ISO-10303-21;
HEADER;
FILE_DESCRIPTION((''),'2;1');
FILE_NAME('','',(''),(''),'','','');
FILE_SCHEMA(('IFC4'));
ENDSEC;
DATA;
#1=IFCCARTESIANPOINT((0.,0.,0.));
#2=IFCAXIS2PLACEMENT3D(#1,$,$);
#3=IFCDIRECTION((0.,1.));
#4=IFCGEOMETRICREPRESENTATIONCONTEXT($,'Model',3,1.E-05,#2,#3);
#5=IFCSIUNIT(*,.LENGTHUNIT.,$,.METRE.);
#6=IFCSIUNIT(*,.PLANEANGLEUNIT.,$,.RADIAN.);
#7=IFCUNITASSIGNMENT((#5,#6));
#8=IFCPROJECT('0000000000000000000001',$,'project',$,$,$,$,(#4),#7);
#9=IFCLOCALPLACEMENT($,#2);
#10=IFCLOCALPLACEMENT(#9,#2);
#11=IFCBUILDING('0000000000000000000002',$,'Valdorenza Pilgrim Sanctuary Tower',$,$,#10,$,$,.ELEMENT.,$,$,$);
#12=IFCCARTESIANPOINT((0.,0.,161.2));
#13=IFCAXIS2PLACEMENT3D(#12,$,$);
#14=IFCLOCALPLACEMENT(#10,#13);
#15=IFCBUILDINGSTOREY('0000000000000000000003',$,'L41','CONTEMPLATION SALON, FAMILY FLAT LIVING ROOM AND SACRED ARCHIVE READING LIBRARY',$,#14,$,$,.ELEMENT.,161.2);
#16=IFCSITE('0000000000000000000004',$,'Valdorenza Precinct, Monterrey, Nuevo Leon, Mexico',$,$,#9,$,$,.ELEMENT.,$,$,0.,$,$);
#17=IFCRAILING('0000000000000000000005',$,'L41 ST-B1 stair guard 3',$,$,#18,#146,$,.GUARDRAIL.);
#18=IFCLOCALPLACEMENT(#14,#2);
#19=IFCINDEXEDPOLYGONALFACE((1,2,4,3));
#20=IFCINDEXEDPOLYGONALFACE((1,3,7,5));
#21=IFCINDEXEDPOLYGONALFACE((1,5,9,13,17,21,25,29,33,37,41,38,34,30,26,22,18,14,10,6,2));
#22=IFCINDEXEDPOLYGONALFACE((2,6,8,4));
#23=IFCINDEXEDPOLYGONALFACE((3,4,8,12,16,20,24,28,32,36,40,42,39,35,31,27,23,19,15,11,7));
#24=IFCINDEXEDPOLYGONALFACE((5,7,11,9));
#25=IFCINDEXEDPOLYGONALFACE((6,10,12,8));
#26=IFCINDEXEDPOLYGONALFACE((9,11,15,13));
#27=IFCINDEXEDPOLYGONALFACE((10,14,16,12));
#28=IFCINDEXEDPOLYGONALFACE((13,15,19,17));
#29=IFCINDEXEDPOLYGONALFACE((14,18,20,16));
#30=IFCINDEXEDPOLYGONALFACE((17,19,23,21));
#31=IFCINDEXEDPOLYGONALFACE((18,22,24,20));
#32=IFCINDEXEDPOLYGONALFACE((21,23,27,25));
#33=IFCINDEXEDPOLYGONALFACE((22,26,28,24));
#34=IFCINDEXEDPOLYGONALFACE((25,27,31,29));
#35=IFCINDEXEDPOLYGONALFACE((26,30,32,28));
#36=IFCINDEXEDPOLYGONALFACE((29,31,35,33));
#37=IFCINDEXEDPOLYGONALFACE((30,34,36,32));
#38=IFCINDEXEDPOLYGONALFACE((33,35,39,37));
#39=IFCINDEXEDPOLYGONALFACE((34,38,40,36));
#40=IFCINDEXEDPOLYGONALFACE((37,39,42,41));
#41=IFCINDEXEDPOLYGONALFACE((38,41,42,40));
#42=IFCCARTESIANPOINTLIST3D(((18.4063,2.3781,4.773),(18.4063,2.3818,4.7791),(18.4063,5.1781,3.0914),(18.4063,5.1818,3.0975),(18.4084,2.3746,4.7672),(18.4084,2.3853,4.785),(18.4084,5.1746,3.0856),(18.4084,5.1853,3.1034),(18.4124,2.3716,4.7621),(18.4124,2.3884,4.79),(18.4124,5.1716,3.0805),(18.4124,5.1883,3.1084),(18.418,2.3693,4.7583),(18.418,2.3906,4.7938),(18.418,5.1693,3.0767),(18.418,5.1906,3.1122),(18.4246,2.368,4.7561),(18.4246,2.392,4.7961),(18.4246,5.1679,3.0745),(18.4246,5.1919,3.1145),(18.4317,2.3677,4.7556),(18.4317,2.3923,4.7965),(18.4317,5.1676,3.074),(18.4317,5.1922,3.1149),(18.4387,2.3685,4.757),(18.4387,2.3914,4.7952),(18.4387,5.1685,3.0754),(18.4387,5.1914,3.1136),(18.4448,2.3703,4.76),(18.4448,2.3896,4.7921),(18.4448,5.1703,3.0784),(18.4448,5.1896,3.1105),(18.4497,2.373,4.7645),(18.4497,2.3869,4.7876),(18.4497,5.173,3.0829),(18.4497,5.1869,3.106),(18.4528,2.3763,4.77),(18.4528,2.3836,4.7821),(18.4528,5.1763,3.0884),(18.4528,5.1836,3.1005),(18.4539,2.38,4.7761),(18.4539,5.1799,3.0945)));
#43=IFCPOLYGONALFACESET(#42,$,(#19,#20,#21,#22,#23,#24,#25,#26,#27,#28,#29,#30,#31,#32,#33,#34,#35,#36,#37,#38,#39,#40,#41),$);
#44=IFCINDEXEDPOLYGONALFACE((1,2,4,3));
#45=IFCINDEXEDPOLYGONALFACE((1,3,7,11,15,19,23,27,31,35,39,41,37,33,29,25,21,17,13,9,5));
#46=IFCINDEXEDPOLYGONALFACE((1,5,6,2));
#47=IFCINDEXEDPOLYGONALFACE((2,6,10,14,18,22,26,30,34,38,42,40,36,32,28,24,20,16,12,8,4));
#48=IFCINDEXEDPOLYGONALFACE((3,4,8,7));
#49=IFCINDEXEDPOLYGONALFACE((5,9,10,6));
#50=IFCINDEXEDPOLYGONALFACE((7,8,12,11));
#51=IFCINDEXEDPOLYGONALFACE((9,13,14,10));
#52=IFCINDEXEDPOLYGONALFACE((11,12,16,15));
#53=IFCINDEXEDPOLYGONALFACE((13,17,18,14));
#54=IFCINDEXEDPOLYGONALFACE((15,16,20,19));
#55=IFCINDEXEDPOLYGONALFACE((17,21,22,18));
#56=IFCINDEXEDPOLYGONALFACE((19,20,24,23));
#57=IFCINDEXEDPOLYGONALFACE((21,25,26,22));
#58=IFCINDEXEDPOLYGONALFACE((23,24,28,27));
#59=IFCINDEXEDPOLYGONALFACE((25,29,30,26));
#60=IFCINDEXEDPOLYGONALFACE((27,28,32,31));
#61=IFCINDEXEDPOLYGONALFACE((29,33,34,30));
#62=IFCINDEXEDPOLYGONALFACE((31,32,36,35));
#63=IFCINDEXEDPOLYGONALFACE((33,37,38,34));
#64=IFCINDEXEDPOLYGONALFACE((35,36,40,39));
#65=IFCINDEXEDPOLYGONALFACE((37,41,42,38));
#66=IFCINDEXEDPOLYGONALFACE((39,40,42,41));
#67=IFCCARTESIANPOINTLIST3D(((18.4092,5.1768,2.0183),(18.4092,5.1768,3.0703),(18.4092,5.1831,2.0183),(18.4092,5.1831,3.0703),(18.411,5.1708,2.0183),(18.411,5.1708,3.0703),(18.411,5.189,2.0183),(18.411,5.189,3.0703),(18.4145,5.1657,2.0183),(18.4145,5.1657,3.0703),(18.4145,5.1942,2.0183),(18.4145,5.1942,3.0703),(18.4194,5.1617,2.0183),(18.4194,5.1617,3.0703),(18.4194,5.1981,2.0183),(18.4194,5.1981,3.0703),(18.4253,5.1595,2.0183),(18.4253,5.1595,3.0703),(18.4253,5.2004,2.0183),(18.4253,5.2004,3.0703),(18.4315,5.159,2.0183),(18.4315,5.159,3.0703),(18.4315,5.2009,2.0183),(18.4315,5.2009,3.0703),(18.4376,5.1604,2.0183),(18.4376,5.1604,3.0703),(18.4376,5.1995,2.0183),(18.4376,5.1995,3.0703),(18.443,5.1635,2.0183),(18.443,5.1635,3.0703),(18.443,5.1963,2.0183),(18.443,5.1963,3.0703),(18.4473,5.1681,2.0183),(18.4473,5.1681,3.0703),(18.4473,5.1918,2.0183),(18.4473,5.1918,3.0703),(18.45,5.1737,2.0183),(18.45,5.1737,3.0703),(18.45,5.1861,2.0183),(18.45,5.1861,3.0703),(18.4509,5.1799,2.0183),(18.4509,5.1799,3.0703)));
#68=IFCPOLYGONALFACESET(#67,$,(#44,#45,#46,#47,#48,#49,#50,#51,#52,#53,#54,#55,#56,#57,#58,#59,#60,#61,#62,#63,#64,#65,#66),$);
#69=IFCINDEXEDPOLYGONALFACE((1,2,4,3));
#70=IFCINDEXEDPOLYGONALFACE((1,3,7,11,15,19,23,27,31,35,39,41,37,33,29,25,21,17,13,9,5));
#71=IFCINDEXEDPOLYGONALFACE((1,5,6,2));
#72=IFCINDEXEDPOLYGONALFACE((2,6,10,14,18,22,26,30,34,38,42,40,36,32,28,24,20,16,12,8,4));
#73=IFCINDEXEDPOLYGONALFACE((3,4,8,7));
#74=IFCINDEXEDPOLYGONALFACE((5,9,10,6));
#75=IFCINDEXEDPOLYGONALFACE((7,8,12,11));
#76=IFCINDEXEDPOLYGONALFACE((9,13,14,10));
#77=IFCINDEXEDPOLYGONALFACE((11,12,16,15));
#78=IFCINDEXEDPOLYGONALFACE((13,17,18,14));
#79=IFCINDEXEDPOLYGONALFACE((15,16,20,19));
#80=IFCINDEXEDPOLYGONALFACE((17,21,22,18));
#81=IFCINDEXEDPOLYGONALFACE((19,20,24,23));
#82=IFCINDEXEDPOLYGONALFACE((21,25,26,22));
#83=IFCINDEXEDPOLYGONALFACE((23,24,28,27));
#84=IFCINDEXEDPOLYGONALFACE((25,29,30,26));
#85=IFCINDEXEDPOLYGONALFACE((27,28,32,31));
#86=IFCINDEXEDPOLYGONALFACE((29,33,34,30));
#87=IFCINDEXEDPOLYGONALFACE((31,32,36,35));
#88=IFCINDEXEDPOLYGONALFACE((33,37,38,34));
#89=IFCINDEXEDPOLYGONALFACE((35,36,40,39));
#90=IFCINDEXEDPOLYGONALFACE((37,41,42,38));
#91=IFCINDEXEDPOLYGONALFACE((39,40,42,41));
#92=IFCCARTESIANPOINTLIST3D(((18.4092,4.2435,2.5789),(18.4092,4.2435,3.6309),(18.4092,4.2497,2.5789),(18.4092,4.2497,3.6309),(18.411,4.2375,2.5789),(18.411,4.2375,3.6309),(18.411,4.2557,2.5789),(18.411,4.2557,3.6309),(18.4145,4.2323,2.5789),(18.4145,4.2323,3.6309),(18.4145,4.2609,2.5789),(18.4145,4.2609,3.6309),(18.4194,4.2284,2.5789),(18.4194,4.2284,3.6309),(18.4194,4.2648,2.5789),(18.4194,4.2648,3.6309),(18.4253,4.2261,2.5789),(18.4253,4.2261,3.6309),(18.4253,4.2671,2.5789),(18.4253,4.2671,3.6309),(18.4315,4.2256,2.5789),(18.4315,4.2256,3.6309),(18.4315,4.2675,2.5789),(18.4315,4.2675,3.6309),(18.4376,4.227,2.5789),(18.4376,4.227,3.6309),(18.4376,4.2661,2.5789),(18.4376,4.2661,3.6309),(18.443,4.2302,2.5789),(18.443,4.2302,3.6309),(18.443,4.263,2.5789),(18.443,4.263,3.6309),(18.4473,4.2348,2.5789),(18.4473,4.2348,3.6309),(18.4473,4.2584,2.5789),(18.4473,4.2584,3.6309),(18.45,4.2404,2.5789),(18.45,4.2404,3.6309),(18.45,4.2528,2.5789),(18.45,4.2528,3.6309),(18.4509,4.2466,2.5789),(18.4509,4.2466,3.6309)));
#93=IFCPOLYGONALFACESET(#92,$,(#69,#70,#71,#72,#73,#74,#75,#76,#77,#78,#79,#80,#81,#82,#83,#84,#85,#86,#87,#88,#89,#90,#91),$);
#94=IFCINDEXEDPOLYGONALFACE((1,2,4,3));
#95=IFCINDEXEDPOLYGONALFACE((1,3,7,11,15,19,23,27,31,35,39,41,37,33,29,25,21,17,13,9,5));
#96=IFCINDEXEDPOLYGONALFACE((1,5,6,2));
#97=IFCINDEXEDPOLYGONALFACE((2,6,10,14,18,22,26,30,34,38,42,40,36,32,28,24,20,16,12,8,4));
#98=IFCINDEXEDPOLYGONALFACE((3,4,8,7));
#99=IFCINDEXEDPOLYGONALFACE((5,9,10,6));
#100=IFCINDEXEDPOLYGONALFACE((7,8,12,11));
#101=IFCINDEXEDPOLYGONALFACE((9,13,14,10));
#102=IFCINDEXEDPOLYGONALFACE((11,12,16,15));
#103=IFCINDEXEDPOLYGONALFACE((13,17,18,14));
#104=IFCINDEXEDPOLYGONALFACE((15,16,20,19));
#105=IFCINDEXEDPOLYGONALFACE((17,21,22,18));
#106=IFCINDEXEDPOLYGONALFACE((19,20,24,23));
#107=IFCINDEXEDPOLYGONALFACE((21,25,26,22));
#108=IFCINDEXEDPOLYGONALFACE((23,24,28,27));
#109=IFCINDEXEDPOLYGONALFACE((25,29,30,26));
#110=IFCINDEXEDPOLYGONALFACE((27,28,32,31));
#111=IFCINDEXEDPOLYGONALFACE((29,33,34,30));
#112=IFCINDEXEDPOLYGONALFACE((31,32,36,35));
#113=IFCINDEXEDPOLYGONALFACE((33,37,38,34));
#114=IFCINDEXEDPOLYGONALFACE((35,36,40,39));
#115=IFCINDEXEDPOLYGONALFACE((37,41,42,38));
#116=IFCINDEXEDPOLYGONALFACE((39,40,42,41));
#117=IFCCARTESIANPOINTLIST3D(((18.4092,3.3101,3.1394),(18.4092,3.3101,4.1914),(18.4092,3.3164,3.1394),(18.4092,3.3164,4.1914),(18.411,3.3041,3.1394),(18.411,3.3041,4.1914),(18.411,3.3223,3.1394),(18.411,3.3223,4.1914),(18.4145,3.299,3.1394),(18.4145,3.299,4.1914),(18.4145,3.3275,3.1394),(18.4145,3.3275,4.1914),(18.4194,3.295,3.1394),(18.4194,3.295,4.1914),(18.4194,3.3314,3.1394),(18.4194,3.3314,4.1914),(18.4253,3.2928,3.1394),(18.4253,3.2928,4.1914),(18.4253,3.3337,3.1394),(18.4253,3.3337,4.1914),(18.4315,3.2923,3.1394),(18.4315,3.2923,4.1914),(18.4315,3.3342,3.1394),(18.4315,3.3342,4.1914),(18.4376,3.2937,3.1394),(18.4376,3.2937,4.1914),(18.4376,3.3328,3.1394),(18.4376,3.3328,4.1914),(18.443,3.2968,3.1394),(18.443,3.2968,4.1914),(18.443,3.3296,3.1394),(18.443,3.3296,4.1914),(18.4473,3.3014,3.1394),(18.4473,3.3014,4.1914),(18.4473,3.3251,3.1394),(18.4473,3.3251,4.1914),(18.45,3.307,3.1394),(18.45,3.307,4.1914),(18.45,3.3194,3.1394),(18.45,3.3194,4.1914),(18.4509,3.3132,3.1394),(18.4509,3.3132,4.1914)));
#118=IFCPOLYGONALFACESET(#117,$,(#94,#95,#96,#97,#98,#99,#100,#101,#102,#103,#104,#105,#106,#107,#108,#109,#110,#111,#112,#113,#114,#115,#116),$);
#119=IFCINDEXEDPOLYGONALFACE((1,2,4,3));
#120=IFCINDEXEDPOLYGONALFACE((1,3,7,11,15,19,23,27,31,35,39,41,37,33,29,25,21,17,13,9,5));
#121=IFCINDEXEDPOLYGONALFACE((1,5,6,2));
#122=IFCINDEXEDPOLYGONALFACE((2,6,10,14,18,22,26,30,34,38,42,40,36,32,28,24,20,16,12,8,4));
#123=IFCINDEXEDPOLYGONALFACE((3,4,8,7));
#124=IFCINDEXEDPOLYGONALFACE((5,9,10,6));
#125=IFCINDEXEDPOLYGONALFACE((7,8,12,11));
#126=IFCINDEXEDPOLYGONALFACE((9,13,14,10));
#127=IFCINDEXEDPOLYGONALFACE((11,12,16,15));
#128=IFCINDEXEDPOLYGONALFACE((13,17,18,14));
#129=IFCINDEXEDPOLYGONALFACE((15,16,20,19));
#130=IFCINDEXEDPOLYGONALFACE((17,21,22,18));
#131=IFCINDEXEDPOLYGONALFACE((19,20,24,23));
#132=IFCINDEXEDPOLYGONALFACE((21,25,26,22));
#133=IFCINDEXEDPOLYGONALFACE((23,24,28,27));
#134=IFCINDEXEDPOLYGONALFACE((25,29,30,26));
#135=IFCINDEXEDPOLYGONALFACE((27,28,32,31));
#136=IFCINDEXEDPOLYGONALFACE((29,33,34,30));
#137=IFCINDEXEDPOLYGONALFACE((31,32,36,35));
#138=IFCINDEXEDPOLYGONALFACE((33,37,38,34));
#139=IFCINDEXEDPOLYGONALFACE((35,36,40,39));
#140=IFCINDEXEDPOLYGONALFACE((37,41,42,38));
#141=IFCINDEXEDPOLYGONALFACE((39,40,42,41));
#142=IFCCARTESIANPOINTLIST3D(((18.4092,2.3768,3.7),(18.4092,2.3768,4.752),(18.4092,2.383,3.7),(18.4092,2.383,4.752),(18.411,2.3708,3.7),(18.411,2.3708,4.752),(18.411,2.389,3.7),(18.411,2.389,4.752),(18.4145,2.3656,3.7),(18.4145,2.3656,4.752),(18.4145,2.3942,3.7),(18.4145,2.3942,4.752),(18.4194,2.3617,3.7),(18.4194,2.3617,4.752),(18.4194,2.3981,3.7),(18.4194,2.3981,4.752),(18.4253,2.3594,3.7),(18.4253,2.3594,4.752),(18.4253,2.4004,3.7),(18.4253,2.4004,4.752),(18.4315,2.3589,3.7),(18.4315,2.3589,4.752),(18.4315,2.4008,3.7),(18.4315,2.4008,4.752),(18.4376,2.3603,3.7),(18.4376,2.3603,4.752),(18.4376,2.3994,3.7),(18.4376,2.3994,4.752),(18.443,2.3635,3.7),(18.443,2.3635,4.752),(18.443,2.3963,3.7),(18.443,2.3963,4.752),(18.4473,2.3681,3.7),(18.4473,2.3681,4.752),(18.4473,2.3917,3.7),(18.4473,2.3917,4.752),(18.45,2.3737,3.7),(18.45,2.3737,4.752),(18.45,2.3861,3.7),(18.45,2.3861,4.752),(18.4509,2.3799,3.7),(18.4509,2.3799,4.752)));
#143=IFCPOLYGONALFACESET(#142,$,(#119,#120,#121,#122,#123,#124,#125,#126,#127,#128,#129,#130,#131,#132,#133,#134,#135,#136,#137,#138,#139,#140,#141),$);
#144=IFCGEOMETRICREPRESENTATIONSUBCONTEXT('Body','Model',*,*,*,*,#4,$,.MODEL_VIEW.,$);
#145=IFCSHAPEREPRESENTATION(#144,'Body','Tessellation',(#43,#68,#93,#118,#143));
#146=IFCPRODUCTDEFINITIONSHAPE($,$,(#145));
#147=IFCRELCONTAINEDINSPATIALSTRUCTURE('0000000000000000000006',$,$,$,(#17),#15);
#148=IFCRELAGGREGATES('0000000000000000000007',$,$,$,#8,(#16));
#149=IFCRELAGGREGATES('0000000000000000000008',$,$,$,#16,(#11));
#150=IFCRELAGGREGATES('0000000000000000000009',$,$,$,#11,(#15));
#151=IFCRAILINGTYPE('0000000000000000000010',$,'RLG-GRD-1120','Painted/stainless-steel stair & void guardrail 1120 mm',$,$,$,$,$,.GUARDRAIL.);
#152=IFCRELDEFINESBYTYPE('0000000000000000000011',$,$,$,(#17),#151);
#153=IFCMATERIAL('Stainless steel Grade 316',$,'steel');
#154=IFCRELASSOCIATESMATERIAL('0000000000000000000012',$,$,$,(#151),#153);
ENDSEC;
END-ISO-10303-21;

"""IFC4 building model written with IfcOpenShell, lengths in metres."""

from ifc_helpers import new_model, si_unit, direction, frame, origin, origin_2d, place, context, subcontext, project, spatial, circle, extrude, material, type_object, element, save


model = new_model("IFC4")

# Units and contexts
model_context = context("Model", 3, precision=1e-05, world=origin(), true_north=direction((0.0, 1.0)))
body_context = subcontext(model_context, "Body", "Model", "MODEL_VIEW")
ifc_project = project(units=[si_unit("LENGTHUNIT", "METRE"), si_unit("PLANEANGLEUNIT", "RADIAN")], contexts=[model_context])

# Site, building, storey
site_placement = place(None, origin())
site = spatial("IfcSite", under=ifc_project, at=site_placement, Name="Valdorenza Precinct, Monterrey, Nuevo Leon, Mexico", CompositionType="ELEMENT", RefElevation=0.0)
building_placement = place(site_placement, origin())
building = spatial("IfcBuilding", under=site, at=building_placement, Name="Valdorenza Pilgrim Sanctuary Tower", CompositionType="ELEMENT")
storey_placement = place(building_placement, frame((0.0, 0.0, 161.2)))
storey = spatial("IfcBuildingStorey", under=building, at=storey_placement, Name="L41", Description="CONTEMPLATION SALON, FAMILY FLAT LIVING ROOM AND SACRED ARCHIVE READING LIBRARY", CompositionType="ELEMENT", Elevation=161.2)

# Railing
ifc_material_1 = material(Name="Stainless steel Grade 316", Category="steel")
railing_type_1 = type_object("IfcRailingType", Name="RLG-GRD-1120", Description="Painted/stainless-steel stair & void guardrail 1120 mm", PredefinedType="GUARDRAIL", material=ifc_material_1)
railing_1_placement = place(storey_placement, frame((18.4299, 5.1799, 2.0183)))
element("IfcRailing", 1, at=railing_1_placement, inside=storey, type_object=railing_type_1, Name="L41 ST-B1 stair guard 3", PredefinedType="GUARDRAIL", context=body_context, shape_type="SweptSolid", body=[
    extrude(circle(Radius=0.0239, at=origin_2d()), frame((0.0, 0.0, 1.0762), z_axis=(0.0, -0.857275, 0.514858), x_axis=(1.0, 0.0, 0.0)), (0.0, 0.0, 1.0), 3.2661),
    extrude(circle(Radius=0.021, at=origin_2d()), origin(), (0.0, 0.0, 1.0), 1.052),
    extrude(circle(Radius=0.021, at=origin_2d()), frame((0.0, -0.9333, 0.5605)), (0.0, 0.0, 1.0), 1.052),
    extrude(circle(Radius=0.021, at=origin_2d()), frame((0.0, -1.8667, 1.1211)), (0.0, 0.0, 1.0), 1.052),
    extrude(circle(Radius=0.021, at=origin_2d()), frame((0.0, -2.8, 1.6816)), (0.0, 0.0, 1.0), 1.052),
])

save(model, "model.ifc")
